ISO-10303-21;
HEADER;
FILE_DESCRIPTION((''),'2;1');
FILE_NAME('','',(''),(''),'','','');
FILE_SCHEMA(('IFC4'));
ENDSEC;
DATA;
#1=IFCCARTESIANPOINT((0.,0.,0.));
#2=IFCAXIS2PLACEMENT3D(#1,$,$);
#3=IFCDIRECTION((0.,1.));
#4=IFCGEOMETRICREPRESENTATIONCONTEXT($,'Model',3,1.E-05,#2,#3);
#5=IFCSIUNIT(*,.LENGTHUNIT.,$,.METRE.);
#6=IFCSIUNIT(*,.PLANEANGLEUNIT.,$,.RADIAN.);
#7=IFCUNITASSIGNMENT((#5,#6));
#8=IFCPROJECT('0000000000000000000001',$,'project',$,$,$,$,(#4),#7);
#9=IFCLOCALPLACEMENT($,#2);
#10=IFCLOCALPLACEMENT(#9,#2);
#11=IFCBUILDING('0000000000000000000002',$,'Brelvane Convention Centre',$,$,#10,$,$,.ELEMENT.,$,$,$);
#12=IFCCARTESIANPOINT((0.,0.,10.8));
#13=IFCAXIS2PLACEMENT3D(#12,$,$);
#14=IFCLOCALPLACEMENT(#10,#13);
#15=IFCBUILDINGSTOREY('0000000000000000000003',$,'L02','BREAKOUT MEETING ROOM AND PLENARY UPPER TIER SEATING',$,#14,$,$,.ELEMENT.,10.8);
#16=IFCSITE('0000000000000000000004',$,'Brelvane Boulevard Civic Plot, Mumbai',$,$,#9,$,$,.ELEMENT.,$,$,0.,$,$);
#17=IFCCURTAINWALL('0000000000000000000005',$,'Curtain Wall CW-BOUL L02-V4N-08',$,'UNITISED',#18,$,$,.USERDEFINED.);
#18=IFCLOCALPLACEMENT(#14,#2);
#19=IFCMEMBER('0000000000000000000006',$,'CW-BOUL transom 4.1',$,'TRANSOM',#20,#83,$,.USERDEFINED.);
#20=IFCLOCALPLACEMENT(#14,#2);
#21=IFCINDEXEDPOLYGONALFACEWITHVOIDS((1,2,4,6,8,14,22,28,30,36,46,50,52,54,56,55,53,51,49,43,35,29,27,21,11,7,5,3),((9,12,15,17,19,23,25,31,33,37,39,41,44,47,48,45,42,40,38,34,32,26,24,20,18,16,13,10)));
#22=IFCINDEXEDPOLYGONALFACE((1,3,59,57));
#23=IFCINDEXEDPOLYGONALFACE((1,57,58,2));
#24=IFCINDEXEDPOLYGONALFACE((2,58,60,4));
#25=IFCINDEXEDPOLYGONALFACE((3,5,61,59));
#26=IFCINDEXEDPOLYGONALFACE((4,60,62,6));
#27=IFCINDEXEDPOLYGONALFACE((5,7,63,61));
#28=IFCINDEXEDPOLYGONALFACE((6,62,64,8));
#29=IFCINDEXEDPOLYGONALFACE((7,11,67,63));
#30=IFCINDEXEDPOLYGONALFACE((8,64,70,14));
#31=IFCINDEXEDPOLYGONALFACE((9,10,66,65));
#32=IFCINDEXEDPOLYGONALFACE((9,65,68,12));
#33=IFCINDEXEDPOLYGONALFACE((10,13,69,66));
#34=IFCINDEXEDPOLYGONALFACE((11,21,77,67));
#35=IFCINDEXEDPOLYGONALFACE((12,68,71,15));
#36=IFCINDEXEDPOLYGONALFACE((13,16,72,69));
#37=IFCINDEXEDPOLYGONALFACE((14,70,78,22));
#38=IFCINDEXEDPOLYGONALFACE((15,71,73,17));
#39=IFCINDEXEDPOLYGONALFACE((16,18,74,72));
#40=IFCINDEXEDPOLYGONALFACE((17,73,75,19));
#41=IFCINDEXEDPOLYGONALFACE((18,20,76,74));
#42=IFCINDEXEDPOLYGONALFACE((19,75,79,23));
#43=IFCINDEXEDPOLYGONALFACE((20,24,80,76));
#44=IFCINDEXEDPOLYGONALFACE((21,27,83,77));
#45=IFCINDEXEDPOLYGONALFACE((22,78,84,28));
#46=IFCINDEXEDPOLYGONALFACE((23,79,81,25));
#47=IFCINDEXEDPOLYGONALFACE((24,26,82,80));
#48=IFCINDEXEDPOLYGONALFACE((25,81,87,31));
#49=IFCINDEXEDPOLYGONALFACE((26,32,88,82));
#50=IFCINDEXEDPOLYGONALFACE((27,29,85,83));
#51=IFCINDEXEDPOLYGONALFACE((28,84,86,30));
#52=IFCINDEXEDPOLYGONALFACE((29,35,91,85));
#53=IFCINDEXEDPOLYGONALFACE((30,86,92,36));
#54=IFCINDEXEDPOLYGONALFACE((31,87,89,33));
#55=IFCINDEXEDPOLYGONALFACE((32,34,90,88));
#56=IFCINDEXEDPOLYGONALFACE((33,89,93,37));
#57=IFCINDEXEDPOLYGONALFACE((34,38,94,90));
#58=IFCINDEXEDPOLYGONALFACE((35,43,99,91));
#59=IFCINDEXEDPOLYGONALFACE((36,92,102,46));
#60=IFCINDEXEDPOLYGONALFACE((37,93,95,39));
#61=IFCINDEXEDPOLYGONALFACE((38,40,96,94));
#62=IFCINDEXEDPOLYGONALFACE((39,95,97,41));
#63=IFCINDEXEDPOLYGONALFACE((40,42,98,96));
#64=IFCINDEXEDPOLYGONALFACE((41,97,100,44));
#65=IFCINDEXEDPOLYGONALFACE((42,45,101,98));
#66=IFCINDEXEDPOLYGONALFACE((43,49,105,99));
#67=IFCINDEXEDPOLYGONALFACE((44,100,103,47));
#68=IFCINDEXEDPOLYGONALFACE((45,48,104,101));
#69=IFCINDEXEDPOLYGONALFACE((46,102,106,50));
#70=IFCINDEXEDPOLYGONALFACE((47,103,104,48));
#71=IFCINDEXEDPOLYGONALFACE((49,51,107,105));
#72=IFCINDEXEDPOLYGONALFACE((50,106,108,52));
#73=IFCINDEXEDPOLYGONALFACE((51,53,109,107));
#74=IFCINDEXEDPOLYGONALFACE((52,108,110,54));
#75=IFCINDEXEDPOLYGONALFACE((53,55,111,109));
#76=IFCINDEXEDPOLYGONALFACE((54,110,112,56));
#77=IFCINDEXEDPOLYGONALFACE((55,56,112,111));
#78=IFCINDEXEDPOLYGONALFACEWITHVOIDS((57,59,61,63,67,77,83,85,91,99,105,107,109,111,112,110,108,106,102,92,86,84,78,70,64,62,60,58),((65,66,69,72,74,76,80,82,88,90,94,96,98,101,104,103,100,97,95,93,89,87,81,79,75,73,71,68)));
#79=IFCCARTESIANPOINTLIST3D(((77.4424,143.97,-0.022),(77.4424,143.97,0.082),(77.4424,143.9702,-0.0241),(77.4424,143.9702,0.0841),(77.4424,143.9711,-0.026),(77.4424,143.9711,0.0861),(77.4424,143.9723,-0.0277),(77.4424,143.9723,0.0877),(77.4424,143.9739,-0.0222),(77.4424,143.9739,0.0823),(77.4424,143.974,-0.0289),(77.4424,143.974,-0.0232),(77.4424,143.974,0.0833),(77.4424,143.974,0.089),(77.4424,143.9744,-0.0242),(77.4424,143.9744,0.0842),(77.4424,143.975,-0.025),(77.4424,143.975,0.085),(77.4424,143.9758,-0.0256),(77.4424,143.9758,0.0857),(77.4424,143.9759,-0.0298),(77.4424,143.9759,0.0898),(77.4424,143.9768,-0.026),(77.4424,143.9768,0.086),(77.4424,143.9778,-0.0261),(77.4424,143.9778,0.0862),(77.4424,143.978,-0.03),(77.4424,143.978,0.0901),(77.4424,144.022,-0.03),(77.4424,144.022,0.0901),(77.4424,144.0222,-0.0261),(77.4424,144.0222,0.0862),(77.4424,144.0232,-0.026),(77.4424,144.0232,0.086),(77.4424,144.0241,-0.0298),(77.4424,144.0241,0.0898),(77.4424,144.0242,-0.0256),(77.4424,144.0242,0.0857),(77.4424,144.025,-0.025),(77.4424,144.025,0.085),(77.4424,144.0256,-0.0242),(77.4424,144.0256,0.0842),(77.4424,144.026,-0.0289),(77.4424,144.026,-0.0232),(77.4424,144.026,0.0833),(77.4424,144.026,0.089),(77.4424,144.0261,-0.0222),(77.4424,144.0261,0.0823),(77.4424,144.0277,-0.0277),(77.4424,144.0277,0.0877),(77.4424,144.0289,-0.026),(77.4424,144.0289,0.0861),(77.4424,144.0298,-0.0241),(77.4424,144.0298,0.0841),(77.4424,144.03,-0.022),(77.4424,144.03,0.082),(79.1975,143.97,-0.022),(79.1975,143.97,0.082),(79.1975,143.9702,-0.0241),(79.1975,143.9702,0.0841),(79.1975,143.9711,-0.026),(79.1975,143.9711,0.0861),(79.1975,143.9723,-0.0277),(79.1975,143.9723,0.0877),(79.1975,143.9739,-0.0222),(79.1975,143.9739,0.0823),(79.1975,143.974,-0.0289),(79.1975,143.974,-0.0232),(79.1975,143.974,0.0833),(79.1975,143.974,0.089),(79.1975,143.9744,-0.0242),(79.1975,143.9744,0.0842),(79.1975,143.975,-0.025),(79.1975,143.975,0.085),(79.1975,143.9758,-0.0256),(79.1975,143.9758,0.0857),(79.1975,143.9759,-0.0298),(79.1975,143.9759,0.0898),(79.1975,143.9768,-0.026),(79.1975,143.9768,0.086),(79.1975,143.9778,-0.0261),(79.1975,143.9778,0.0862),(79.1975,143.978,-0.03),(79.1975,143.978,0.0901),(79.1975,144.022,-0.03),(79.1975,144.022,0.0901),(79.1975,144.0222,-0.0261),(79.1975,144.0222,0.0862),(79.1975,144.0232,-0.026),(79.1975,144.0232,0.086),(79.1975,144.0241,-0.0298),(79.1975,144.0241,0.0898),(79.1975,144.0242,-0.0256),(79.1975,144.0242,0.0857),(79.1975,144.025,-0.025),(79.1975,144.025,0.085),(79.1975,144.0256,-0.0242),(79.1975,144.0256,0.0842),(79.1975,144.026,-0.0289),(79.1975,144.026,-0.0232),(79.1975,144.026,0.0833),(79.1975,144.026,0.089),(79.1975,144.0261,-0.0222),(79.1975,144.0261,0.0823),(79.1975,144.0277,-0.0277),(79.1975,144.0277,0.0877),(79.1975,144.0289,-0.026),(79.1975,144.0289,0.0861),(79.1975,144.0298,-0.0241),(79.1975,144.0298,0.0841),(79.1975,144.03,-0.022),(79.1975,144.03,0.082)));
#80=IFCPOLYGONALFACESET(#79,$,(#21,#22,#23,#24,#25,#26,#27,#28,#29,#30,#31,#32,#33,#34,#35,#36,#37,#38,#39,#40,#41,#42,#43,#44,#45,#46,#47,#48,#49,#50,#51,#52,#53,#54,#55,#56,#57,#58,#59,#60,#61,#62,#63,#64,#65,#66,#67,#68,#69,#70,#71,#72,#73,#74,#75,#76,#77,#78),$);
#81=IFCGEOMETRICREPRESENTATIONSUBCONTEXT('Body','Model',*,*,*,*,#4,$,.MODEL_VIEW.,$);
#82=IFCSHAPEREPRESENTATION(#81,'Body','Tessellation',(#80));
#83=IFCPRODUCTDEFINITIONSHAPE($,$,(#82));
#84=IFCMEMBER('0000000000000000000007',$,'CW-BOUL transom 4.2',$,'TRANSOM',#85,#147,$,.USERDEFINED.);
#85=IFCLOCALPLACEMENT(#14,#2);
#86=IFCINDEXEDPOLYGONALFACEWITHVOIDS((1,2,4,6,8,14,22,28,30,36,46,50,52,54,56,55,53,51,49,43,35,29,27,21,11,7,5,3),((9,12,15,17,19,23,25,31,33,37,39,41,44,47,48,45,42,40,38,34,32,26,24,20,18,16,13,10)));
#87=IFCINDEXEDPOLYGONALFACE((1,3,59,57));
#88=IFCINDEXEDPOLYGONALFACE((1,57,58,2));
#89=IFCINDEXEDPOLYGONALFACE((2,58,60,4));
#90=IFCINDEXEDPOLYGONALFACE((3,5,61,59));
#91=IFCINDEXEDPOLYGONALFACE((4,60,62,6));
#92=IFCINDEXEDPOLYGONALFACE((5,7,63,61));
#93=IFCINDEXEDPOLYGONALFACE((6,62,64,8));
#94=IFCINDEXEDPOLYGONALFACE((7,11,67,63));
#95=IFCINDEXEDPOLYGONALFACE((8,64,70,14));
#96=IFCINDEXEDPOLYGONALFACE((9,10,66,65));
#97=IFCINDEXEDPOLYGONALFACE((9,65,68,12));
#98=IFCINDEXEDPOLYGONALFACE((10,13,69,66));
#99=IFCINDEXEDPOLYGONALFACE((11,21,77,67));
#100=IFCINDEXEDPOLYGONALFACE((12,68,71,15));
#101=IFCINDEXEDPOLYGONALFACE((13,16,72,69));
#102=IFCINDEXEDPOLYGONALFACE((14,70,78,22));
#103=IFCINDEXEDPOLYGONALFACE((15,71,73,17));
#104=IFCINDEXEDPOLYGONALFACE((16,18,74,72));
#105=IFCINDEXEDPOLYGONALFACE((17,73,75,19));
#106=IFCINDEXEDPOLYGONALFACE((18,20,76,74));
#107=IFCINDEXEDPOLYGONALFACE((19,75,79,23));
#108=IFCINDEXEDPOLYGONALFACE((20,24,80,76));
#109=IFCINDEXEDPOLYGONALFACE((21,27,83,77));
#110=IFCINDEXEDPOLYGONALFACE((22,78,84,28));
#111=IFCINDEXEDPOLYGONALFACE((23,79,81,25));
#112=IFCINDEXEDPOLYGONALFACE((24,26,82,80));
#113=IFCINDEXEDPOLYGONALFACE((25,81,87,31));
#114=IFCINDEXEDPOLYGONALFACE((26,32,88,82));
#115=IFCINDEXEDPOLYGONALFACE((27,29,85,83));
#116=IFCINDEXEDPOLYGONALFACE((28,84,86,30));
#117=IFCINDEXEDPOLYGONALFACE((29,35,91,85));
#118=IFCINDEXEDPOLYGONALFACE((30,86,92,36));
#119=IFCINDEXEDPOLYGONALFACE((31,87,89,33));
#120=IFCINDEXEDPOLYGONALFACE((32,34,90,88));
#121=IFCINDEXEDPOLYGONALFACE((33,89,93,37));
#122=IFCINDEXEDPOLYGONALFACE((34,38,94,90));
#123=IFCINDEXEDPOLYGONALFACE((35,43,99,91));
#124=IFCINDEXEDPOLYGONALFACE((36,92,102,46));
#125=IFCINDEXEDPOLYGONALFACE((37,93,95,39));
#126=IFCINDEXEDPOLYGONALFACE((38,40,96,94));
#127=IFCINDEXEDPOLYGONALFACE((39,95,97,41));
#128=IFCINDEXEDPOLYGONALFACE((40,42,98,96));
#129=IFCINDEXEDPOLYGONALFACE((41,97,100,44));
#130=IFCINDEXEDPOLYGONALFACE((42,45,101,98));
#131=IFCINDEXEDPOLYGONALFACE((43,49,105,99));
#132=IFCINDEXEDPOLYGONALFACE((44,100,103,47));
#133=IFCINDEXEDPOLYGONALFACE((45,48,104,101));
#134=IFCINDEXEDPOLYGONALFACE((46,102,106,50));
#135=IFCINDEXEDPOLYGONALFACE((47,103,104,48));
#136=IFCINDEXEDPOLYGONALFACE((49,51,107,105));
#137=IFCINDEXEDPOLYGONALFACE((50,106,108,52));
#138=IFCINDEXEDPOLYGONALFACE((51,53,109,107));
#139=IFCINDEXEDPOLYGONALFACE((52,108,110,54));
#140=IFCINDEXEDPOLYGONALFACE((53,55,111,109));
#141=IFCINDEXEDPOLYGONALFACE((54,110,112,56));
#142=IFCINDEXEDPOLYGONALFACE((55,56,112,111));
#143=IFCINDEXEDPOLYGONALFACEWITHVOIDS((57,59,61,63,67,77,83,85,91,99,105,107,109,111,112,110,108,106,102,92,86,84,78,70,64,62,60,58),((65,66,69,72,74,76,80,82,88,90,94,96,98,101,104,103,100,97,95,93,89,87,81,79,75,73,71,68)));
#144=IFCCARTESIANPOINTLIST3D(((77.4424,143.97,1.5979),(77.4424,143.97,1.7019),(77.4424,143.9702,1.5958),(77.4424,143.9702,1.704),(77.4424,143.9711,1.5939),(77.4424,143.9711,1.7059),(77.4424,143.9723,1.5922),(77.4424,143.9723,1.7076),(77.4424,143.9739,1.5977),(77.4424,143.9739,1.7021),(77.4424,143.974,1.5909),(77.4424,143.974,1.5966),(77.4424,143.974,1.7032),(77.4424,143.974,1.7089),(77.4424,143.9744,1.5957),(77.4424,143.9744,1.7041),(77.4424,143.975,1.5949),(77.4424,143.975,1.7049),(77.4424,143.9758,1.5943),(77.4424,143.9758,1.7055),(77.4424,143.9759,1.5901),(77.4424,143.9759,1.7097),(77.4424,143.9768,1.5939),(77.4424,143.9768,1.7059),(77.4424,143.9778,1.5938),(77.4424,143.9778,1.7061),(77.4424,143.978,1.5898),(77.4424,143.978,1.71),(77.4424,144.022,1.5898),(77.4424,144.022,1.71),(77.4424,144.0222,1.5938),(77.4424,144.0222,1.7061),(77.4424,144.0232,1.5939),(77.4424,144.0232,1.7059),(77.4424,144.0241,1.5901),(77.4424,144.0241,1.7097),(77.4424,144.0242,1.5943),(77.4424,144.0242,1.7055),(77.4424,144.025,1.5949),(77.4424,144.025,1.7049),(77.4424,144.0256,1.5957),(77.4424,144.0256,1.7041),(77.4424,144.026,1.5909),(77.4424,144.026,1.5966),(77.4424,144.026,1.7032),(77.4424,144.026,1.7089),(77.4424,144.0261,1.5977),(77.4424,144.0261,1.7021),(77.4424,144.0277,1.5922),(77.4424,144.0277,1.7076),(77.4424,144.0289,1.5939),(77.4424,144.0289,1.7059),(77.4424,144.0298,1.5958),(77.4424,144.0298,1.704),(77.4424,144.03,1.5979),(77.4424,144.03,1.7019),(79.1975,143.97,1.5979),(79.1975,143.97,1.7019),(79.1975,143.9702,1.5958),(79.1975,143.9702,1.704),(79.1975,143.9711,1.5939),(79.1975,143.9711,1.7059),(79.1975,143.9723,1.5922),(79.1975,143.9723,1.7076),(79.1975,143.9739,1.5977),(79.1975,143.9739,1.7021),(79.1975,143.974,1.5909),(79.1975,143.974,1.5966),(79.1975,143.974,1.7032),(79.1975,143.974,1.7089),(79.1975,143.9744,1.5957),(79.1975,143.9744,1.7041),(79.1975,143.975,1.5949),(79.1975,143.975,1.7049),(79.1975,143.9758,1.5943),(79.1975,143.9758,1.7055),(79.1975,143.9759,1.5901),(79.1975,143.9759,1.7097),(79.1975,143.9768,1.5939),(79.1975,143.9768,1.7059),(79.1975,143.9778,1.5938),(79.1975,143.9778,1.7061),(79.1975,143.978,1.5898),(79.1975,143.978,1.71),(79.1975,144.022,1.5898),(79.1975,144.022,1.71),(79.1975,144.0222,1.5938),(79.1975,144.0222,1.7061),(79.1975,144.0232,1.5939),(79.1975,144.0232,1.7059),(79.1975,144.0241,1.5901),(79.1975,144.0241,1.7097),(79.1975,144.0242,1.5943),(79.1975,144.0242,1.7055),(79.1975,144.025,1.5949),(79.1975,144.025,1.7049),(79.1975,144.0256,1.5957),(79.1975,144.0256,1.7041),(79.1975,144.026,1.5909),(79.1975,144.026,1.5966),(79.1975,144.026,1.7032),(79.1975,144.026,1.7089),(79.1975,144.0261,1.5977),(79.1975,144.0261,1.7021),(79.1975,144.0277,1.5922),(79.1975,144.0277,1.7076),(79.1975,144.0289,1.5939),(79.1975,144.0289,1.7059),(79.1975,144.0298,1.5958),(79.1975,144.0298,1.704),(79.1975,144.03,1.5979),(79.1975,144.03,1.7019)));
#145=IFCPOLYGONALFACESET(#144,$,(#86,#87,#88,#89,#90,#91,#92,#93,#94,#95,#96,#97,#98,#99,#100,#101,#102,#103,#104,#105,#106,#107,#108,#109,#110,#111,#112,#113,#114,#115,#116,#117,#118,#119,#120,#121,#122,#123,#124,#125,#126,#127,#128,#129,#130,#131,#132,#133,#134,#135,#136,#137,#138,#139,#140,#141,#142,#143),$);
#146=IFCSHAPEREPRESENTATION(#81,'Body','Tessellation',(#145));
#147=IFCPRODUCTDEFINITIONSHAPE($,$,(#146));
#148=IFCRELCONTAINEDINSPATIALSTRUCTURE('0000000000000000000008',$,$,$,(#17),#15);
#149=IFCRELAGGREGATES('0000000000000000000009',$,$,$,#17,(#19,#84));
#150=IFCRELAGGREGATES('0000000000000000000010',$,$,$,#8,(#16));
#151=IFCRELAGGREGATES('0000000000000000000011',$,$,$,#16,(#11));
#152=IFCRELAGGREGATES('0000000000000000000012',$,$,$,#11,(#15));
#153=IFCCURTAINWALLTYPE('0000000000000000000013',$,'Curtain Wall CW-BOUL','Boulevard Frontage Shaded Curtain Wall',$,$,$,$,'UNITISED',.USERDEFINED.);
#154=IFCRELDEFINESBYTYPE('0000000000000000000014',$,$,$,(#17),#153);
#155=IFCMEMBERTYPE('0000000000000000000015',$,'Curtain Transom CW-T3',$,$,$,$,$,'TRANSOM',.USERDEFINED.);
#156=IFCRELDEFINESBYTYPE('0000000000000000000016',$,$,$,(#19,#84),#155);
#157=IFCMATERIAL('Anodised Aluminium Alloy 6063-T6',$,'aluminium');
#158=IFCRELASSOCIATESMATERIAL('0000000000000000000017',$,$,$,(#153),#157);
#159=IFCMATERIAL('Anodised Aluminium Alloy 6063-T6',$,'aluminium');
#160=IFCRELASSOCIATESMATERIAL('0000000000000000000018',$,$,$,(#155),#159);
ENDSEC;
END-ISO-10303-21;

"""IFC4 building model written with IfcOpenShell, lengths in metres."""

from ifc_helpers import new_model, si_unit, direction, frame, origin, origin_2d, place, context, subcontext, project, spatial, hollow_rectangle, extrude, material, material_profile, profile_set, type_object, element, aggregate, save


model = new_model("IFC4")

# Units and contexts
model_context = context("Model", 3, precision=1e-05, world=origin(), true_north=direction((0.0, 1.0)))
body_context = subcontext(model_context, "Body", "Model", "MODEL_VIEW")
ifc_project = project(units=[si_unit("LENGTHUNIT", "METRE"), si_unit("PLANEANGLEUNIT", "RADIAN")], contexts=[model_context])

# Site, building, storey
site_placement = place(None, origin())
site = spatial("IfcSite", under=ifc_project, at=site_placement, Name="Brelvane Boulevard Civic Plot, Mumbai", CompositionType="ELEMENT", RefElevation=0.0)
building_placement = place(site_placement, origin())
building = spatial("IfcBuilding", under=site, at=building_placement, Name="Brelvane Convention Centre", CompositionType="ELEMENT")
storey_placement = place(building_placement, frame((0.0, 0.0, 10.8)))
storey = spatial("IfcBuildingStorey", under=building, at=storey_placement, Name="L02", Description="BREAKOUT MEETING ROOM AND PLENARY UPPER TIER SEATING", CompositionType="ELEMENT", Elevation=10.8)

# Curtain wall, members
ifc_material_1 = material(Name="Anodised Aluminium Alloy 6063-T6", Category="aluminium")
curtain_wall_type = type_object("IfcCurtainWallType", Name="Curtain Wall CW-BOUL", Description="Boulevard Frontage Shaded Curtain Wall", ElementType="UNITISED", PredefinedType="USERDEFINED", material=ifc_material_1)
curtain_wall_placement = place(storey_placement, origin())
curtain_wall = element("IfcCurtainWall", 1, at=curtain_wall_placement, inside=storey, type_object=curtain_wall_type, Name="Curtain Wall CW-BOUL L02-V4N-08", ObjectType="UNITISED", PredefinedType="USERDEFINED")
ifc_material_2 = material(Name="Anodised Aluminium Alloy 6063-T6", Category="aluminium")
ifc_material_profile_1 = material_profile(ifc_material_2, hollow_rectangle(XDim=0.0601, YDim=0.1201, WallThickness=0.0039, InnerFilletRadius=0.0039, OuterFilletRadius=0.0081, at=origin_2d()), Name="ALU-T 120x60x4.0")
ifc_profile_set_1 = profile_set([ifc_material_profile_1], Name="Anodised Aluminium Alloy 6063-T6")
member_type_1 = type_object("IfcMemberType", Name="Curtain Transom CW-T3", ElementType="TRANSOM", PredefinedType="USERDEFINED", material=ifc_profile_set_1)
member_1_placement = place(storey_placement, frame((77.4424, 144.0, 0.03), z_axis=(1.0, 0.0, 0.0), x_axis=(0.0, 1.0, 0.0)))
member_1 = element("IfcMember", 2, at=member_1_placement, type_object=member_type_1, Name="CW-BOUL transom 4.1", ObjectType="TRANSOM", PredefinedType="USERDEFINED", context=body_context, shape_type="SweptSolid", body=[
    extrude(hollow_rectangle(XDim=0.0601, YDim=0.1201, WallThickness=0.0039, InnerFilletRadius=0.0039, OuterFilletRadius=0.0081, at=origin_2d()), origin(), (0.0, 0.0, 1.0), 1.7551),
])
member_2_placement = place(storey_placement, frame((77.4424, 144.0, 1.6499), z_axis=(1.0, 0.0, 0.0), x_axis=(0.0, 1.0, 0.0)))
member_2 = element("IfcMember", 3, at=member_2_placement, type_object=member_type_1, Name="CW-BOUL transom 4.2", ObjectType="TRANSOM", PredefinedType="USERDEFINED", context=body_context, shape_type="SweptSolid", body=[
    extrude(hollow_rectangle(XDim=0.0601, YDim=0.1201, WallThickness=0.0039, InnerFilletRadius=0.0039, OuterFilletRadius=0.0081, at=origin_2d()), origin(), (0.0, 0.0, 1.0), 1.7551),
])

aggregate(curtain_wall, [member_1, member_2])

save(model, "model.ifc")
